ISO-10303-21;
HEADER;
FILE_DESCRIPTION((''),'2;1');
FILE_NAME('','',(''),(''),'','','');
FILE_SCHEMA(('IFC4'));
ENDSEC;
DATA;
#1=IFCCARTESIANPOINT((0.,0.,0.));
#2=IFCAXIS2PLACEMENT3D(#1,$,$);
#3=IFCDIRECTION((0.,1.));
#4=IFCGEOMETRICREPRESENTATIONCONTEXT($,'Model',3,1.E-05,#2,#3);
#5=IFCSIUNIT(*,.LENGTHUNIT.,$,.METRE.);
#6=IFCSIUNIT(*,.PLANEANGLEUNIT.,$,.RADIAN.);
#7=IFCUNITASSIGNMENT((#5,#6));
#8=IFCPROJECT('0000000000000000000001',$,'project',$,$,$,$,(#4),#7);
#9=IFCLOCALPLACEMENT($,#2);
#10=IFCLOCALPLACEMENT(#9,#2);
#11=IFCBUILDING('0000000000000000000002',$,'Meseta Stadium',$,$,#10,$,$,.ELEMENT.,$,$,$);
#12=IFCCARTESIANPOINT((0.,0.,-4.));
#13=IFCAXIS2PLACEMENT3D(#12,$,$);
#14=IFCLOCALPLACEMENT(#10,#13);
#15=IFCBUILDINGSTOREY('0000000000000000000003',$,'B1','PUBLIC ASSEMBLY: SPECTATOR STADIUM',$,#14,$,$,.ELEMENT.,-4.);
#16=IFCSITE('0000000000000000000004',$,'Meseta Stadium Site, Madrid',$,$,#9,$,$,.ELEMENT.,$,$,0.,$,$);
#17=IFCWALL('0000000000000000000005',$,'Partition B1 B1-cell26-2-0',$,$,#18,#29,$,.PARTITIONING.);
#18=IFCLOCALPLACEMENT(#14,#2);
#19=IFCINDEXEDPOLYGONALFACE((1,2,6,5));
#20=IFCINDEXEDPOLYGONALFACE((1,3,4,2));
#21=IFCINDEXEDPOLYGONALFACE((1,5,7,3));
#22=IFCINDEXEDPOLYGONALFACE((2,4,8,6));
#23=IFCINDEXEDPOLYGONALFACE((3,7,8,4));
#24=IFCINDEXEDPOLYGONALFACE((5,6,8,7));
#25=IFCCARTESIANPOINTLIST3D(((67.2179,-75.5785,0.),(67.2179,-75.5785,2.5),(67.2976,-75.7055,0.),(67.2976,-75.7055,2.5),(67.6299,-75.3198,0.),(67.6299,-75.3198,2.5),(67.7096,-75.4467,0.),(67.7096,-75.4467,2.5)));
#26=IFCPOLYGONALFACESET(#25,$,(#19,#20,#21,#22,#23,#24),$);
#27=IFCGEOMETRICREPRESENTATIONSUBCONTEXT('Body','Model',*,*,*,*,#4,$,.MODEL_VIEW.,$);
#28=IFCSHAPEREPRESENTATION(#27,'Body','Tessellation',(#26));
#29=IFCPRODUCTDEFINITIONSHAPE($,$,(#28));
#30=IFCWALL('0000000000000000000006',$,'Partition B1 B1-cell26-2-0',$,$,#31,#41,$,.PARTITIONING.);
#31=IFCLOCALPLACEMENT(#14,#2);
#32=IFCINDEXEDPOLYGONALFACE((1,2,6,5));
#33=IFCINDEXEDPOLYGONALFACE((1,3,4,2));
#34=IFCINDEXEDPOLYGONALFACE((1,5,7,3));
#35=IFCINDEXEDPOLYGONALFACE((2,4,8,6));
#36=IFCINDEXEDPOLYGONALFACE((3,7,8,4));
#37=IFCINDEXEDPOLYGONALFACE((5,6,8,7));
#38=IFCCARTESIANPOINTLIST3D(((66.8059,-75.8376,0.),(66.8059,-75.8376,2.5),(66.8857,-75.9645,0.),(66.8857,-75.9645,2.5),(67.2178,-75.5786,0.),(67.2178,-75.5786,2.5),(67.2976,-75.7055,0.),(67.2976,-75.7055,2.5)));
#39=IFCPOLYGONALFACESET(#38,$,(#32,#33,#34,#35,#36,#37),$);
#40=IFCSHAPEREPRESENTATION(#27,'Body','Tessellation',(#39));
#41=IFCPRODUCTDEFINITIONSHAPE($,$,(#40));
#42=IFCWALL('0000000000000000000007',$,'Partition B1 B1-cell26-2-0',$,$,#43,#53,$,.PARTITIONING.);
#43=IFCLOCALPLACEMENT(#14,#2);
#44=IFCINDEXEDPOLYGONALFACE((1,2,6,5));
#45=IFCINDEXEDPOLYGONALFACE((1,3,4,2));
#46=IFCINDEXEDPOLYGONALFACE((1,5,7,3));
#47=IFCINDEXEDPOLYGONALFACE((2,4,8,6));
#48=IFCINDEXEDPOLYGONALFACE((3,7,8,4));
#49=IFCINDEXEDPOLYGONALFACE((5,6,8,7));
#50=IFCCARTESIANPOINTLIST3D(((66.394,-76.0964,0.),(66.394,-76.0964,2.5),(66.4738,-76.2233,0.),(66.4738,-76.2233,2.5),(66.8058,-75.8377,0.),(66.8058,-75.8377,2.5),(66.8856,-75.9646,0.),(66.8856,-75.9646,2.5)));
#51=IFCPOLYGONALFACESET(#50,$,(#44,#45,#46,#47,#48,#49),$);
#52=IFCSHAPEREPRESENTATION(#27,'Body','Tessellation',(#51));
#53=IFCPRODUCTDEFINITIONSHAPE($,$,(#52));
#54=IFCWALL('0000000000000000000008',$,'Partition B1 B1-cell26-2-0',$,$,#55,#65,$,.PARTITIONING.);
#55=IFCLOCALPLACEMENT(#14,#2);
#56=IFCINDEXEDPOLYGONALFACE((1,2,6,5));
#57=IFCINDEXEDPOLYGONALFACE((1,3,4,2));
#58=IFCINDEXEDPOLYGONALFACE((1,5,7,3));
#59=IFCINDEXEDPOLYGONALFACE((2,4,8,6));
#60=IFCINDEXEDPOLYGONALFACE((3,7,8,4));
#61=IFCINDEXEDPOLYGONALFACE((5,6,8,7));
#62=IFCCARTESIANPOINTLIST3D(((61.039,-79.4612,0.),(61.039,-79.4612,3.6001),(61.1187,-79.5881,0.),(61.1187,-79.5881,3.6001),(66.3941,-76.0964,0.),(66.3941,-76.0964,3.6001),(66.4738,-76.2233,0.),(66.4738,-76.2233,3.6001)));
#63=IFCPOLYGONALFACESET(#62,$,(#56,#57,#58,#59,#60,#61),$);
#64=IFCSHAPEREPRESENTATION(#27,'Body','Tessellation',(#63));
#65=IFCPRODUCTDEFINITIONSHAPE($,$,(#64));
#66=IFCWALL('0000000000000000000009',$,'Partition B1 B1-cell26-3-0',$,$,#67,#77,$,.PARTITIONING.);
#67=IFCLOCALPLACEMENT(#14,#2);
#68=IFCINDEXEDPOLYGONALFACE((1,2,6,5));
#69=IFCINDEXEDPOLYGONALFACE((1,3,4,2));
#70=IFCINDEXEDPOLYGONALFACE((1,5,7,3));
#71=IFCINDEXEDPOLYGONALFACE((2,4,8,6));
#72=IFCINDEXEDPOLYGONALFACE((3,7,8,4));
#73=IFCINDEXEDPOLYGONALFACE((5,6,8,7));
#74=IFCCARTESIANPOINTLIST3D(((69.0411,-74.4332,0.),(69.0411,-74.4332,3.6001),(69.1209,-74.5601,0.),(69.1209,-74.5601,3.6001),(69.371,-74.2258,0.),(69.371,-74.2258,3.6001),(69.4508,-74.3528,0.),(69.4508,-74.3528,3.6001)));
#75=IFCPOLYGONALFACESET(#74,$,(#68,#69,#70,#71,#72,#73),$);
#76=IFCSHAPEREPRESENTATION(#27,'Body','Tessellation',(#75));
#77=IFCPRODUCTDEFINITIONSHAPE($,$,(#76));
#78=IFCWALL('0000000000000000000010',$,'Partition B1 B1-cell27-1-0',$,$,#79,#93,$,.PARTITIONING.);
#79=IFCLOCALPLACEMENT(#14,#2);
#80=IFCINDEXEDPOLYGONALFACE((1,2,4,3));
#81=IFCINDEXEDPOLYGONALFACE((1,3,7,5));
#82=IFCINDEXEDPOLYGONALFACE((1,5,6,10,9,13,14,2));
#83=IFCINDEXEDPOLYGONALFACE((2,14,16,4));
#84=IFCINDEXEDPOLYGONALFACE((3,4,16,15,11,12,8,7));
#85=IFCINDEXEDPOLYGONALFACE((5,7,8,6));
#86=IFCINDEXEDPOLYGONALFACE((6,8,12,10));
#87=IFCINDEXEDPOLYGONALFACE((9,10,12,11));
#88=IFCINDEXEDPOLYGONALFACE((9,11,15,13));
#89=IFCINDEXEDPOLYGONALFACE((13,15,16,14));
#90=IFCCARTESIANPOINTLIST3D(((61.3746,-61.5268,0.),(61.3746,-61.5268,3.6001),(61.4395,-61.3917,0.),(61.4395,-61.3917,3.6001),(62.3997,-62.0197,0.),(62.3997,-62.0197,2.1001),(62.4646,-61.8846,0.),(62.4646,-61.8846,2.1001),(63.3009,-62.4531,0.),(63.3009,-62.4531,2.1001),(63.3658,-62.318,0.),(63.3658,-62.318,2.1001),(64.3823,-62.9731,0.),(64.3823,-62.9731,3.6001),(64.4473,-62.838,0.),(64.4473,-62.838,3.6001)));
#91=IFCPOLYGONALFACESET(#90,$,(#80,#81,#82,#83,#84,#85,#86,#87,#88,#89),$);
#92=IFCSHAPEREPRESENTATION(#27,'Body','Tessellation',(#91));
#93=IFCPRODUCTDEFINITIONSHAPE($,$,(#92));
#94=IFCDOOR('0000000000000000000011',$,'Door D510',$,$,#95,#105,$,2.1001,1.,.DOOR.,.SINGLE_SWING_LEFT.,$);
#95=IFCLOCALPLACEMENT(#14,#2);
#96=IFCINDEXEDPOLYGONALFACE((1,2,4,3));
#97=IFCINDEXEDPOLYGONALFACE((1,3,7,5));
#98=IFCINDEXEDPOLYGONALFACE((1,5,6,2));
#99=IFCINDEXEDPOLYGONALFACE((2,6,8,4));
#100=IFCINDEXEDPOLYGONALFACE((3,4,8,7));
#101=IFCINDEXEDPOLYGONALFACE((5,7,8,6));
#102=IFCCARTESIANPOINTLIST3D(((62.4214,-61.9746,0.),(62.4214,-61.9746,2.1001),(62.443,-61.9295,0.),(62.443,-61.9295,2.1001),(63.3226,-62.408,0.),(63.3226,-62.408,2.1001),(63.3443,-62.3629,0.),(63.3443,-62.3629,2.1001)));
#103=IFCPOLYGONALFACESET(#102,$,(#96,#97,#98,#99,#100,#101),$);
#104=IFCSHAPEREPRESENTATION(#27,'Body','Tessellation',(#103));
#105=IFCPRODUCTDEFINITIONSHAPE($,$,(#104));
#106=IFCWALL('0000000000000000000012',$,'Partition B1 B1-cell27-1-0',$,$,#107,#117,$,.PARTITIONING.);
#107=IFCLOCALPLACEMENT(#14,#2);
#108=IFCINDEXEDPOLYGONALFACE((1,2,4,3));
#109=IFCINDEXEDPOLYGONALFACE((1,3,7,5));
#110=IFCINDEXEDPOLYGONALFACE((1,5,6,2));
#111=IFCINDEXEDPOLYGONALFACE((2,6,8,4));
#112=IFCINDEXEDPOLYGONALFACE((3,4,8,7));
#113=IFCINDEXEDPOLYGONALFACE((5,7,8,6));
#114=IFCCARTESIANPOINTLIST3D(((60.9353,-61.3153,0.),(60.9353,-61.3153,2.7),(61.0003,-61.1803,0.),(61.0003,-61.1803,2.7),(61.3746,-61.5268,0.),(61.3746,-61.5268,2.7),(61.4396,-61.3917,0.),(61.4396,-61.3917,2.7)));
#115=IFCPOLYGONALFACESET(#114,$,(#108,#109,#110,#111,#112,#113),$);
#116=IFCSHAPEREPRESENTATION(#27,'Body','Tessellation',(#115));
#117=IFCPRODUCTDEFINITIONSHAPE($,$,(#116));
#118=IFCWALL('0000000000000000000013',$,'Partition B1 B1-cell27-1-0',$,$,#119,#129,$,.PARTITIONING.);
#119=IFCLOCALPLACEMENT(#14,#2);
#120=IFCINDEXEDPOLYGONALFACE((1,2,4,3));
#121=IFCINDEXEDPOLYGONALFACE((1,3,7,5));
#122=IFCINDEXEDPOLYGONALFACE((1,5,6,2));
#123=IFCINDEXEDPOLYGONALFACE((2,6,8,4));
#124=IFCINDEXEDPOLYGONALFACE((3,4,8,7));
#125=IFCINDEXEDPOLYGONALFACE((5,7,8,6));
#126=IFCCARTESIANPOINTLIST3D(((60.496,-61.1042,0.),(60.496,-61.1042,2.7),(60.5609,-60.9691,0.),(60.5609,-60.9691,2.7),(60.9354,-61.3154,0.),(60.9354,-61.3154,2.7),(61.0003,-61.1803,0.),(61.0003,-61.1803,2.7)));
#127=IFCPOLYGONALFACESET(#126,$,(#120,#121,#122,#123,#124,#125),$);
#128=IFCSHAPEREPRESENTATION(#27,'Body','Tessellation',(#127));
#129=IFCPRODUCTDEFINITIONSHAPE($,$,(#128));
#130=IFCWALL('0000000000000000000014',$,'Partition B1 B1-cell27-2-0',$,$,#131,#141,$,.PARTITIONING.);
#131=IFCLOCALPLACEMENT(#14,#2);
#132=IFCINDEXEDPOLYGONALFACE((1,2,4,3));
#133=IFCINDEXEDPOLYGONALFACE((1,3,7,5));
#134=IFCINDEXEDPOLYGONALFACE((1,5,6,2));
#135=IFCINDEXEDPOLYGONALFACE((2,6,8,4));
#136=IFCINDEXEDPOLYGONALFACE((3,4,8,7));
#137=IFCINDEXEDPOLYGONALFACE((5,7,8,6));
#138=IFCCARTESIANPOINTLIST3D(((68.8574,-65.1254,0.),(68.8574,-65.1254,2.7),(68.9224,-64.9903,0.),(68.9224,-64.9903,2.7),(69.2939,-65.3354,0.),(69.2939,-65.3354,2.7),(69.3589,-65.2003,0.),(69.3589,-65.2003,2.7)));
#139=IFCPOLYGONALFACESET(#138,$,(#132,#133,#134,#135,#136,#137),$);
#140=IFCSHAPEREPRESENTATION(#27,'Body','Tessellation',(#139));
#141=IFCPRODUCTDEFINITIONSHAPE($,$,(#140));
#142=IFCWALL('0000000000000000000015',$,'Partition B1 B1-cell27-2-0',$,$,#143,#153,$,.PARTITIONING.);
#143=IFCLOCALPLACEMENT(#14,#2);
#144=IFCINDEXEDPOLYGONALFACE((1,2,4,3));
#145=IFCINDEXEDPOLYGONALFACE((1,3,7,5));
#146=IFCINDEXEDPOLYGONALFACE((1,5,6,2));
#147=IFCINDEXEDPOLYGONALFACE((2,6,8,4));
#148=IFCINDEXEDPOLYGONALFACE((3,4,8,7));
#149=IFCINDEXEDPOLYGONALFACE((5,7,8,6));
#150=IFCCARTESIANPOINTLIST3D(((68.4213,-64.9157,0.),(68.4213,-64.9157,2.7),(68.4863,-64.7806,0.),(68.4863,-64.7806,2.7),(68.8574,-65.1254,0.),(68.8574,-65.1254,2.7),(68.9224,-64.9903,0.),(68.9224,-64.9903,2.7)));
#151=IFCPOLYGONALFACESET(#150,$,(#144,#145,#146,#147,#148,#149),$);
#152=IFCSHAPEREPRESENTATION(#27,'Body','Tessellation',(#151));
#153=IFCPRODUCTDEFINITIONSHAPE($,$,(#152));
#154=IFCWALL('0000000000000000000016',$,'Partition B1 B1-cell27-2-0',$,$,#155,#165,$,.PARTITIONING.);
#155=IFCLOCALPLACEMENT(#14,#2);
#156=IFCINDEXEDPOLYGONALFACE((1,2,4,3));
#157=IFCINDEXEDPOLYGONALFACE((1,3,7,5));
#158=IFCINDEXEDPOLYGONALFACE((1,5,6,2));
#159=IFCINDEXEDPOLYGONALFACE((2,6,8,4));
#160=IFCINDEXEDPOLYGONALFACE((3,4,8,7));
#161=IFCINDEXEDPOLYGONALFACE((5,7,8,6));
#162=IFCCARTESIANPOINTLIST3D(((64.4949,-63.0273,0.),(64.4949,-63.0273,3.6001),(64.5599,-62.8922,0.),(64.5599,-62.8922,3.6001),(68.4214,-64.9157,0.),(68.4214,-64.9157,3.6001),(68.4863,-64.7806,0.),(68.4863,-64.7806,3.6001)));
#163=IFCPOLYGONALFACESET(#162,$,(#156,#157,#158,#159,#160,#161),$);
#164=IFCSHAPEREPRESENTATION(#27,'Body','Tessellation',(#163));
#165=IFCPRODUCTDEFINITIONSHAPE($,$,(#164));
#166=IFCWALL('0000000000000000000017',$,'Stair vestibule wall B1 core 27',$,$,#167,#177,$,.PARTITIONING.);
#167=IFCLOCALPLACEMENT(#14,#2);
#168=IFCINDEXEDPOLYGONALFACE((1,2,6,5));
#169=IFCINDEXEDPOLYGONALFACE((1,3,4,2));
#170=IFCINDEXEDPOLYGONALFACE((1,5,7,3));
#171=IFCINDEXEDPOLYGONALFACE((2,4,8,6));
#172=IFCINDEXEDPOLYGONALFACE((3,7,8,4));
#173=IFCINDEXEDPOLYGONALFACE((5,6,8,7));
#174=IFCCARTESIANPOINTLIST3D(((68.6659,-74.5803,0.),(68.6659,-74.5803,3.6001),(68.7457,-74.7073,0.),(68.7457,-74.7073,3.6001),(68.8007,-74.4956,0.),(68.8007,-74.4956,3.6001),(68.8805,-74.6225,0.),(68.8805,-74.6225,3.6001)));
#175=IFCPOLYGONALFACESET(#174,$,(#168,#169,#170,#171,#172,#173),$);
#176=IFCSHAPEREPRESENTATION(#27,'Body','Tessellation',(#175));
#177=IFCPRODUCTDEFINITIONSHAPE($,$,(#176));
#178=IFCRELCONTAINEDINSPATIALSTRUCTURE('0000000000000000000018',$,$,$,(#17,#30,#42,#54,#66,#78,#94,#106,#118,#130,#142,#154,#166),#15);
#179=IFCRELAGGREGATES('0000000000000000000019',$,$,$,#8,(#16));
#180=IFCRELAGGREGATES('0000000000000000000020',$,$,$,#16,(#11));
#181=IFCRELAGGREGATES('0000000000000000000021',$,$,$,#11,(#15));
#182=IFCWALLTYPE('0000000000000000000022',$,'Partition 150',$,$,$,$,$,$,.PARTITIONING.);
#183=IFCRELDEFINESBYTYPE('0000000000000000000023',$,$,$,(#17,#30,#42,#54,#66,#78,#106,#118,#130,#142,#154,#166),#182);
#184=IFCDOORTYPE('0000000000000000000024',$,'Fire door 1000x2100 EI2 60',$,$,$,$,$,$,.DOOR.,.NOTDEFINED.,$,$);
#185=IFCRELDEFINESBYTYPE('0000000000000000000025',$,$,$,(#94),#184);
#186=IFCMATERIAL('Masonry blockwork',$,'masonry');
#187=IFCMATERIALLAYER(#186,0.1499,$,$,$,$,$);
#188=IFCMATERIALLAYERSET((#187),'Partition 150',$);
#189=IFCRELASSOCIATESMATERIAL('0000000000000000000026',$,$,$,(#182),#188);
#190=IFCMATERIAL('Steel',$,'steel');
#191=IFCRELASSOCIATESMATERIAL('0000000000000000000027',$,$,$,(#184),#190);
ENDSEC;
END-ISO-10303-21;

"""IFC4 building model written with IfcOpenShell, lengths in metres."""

from ifc_helpers import new_model, si_unit, direction, frame, frame_2d, origin, place, context, subcontext, project, spatial, rectangle, extrude, material, layer, layer_set, type_object, element, fill, save


model = new_model("IFC4")

# Units and contexts
model_context = context("Model", 3, precision=1e-05, world=origin(), true_north=direction((0.0, 1.0)))
body_context = subcontext(model_context, "Body", "Model", "MODEL_VIEW")
ifc_project = project(units=[si_unit("LENGTHUNIT", "METRE"), si_unit("PLANEANGLEUNIT", "RADIAN")], contexts=[model_context])

# Site, building, storey
site_placement = place(None, origin())
site = spatial("IfcSite", under=ifc_project, at=site_placement, Name="Meseta Stadium Site, Madrid", CompositionType="ELEMENT", RefElevation=0.0)
building_placement = place(site_placement, origin())
building = spatial("IfcBuilding", under=site, at=building_placement, Name="Meseta Stadium", CompositionType="ELEMENT")
storey_placement = place(building_placement, frame((0.0, 0.0, -4.0)))
storey = spatial("IfcBuildingStorey", under=building, at=storey_placement, Name="B1", Description="PUBLIC ASSEMBLY: SPECTATOR STADIUM", CompositionType="ELEMENT", Elevation=-4.0)

# Shared definitions
ifc_material_1 = material(Name="Masonry blockwork", Category="masonry")
ifc_layer = layer(ifc_material_1, 0.1499)
ifc_layer_set = layer_set([ifc_layer], Name="Partition 150")
wall_type = type_object("IfcWallType", Name="Partition 150", PredefinedType="PARTITIONING", material=ifc_layer_set)

# Shared definitions
ifc_material_2 = material(Name="Steel", Category="steel")
door_type = type_object("IfcDoorType", Name="Fire door 1000x2100 EI2 60", OperationType="NOTDEFINED", PredefinedType="DOOR", material=ifc_material_2)

# Walls
for number, where, z_axis, x_axis, name in (
    (1, (67.6697, -75.3833, 0.0), (0.0, 0.0, 1.0), (-0.846869, -0.531802, 0.0), "Partition B1 B1-cell26-2-0"),
    (2, (67.2576, -75.6421, 0.0), (0.0, 0.0, 1.0), (-0.846501, -0.532387, 0.0), "Partition B1 B1-cell26-2-0"),
):
    element("IfcWall", number, at=place(storey_placement, frame(where, z_axis=z_axis, x_axis=x_axis)), inside=storey, type_object=wall_type, Name=name, PredefinedType="PARTITIONING", context=body_context, shape_type="SweptSolid", body=[
        extrude(rectangle(XDim=0.4866, YDim=0.1499, at=frame_2d((0.2432, 0.0))), origin(), (0.0, 0.0, 1.0), 2.5),
    ])
wall_1_placement = place(storey_placement, frame((66.8457, -75.9011, 0.0), z_axis=(0.0, 0.0, 1.0), x_axis=(-0.846727, -0.532028, 0.0)))
element("IfcWall", 3, at=wall_1_placement, inside=storey, type_object=wall_type, Name="Partition B1 B1-cell26-2-0", PredefinedType="PARTITIONING", context=body_context, shape_type="SweptSolid", body=[
    extrude(rectangle(XDim=0.4863, YDim=0.1499, at=frame_2d((0.2432, 0.0))), origin(), (0.0, 0.0, 1.0), 2.5),
])
wall_2_placement = place(storey_placement, frame((66.4338, -76.1599, 0.0), z_axis=(0.0, 0.0, 1.0), x_axis=(-0.846725, -0.532031, 0.0)))
element("IfcWall", 4, at=wall_2_placement, inside=storey, type_object=wall_type, Name="Partition B1 B1-cell26-2-0", PredefinedType="PARTITIONING", context=body_context, shape_type="SweptSolid", body=[
    extrude(rectangle(XDim=6.3245, YDim=0.1499, at=frame_2d((3.1621, 0.0))), origin(), (0.0, 0.0, 1.0), 3.6001),
])
wall_3_placement = place(storey_placement, frame((69.4109, -74.2893, 0.0), z_axis=(0.0, 0.0, 1.0), x_axis=(-0.846693, -0.532082, 0.0)))
element("IfcWall", 5, at=wall_3_placement, inside=storey, type_object=wall_type, Name="Partition B1 B1-cell26-3-0", PredefinedType="PARTITIONING", context=body_context, shape_type="SweptSolid", body=[
    extrude(rectangle(XDim=0.3896, YDim=0.1499, at=frame_2d((0.1948, 0.0))), origin(), (0.0, 0.0, 1.0), 3.6001),
])

# Wall, opening, door
wall_4_placement = place(storey_placement, frame((64.4148, -62.9055, 0.0), z_axis=(0.0, 0.0, 1.0), x_axis=(-0.901226, 0.433349, 0.0)))
wall_4 = element("IfcWall", 6, at=wall_4_placement, inside=storey, type_object=wall_type, Name="Partition B1 B1-cell27-1-0", PredefinedType="PARTITIONING", context=body_context, shape_type="SweptSolid", body=[
    extrude(rectangle(XDim=3.3374, YDim=0.1499, at=frame_2d((1.6687, 0.0))), origin(), (0.0, 0.0, 1.0), 3.6001),
])
opening_1_placement = place(wall_4_placement, frame((1.2, 0.0, 0.0)))
opening_1 = element("IfcOpeningElement", 7, at=opening_1_placement, cuts=wall_4, PredefinedType="OPENING", context=body_context, shape_type="SweptSolid", body=[
    extrude(rectangle(XDim=1.0, YDim=2.1001, at=frame_2d((0.5, 1.05))), frame((0.0, 0.085, 0.0), z_axis=(0.0, -1.0, 0.0), x_axis=(1.0, 0.0, 0.0)), (0.0, 0.0, 1.0), 0.1699),
])
door_1_placement = place(opening_1_placement, origin())
door_1 = element("IfcDoor", 8, at=door_1_placement, inside=storey, type_object=door_type, Name="Door D510", OperationType="SINGLE_SWING_LEFT", OverallHeight=2.1001, OverallWidth=1.0, PredefinedType="DOOR", context=body_context, shape_type="SweptSolid", body=[
    extrude(rectangle(XDim=1.0, YDim=2.1001, at=frame_2d((0.5, 1.05))), frame((0.0, 0.0249, 0.0), z_axis=(0.0, -1.0, 0.0), x_axis=(1.0, 0.0, 0.0)), (0.0, 0.0, 1.0), 0.05),
])
fill(opening_1, door_1)

# Walls
for number, where, z_axis, x_axis, name in (
    (9, (61.407, -61.4592, 0.0), (0.0, 0.0, 1.0), (-0.901038, 0.43374, 0.0), "Partition B1 B1-cell27-1-0"),
    (10, (60.9678, -61.2478, 0.0), (0.0, 0.0, 1.0), (-0.901328, 0.433138, 0.0), "Partition B1 B1-cell27-1-0"),
):
    element("IfcWall", number, at=place(storey_placement, frame(where, z_axis=z_axis, x_axis=x_axis)), inside=storey, type_object=wall_type, Name=name, PredefinedType="PARTITIONING", context=body_context, shape_type="SweptSolid", body=[
        extrude(rectangle(XDim=0.4875, YDim=0.1499, at=frame_2d((0.2437, 0.0))), origin(), (0.0, 0.0, 1.0), 2.7),
    ])
wall_5_placement = place(storey_placement, frame((69.3264, -65.2678, 0.0), z_axis=(0.0, 0.0, 1.0), x_axis=(-0.901177, 0.433452, 0.0)))
element("IfcWall", 11, at=wall_5_placement, inside=storey, type_object=wall_type, Name="Partition B1 B1-cell27-2-0", PredefinedType="PARTITIONING", context=body_context, shape_type="SweptSolid", body=[
    extrude(rectangle(XDim=0.4844, YDim=0.1499, at=frame_2d((0.2422, 0.0))), origin(), (0.0, 0.0, 1.0), 2.7),
])
wall_6_placement = place(storey_placement, frame((68.8899, -65.0579, 0.0), z_axis=(0.0, 0.0, 1.0), x_axis=(-0.901184, 0.433436, 0.0)))
element("IfcWall", 12, at=wall_6_placement, inside=storey, type_object=wall_type, Name="Partition B1 B1-cell27-2-0", PredefinedType="PARTITIONING", context=body_context, shape_type="SweptSolid", body=[
    extrude(rectangle(XDim=0.4839, YDim=0.1499, at=frame_2d((0.2419, 0.0))), origin(), (0.0, 0.0, 1.0), 2.7),
])
wall_7_placement = place(storey_placement, frame((68.4539, -64.8481, 0.0), z_axis=(0.0, 0.0, 1.0), x_axis=(-0.901191, 0.433421, 0.0)))
element("IfcWall", 13, at=wall_7_placement, inside=storey, type_object=wall_type, Name="Partition B1 B1-cell27-2-0", PredefinedType="PARTITIONING", context=body_context, shape_type="SweptSolid", body=[
    extrude(rectangle(XDim=4.3569, YDim=0.1499, at=frame_2d((2.1785, 0.0))), origin(), (0.0, 0.0, 1.0), 3.6001),
])
wall_8_placement = place(storey_placement, frame((68.8406, -74.5591, 0.0), z_axis=(0.0, 0.0, 1.0), x_axis=(-0.846617, -0.532203, 0.0)))
element("IfcWall", 14, at=wall_8_placement, inside=storey, type_object=wall_type, Name="Stair vestibule wall B1 core 27", PredefinedType="PARTITIONING", context=body_context, shape_type="SweptSolid", body=[
    extrude(rectangle(XDim=0.1592, YDim=0.1499, at=frame_2d((0.0796, 0.0))), origin(), (0.0, 0.0, 1.0), 3.6001),
])

save(model, "model.ifc")
